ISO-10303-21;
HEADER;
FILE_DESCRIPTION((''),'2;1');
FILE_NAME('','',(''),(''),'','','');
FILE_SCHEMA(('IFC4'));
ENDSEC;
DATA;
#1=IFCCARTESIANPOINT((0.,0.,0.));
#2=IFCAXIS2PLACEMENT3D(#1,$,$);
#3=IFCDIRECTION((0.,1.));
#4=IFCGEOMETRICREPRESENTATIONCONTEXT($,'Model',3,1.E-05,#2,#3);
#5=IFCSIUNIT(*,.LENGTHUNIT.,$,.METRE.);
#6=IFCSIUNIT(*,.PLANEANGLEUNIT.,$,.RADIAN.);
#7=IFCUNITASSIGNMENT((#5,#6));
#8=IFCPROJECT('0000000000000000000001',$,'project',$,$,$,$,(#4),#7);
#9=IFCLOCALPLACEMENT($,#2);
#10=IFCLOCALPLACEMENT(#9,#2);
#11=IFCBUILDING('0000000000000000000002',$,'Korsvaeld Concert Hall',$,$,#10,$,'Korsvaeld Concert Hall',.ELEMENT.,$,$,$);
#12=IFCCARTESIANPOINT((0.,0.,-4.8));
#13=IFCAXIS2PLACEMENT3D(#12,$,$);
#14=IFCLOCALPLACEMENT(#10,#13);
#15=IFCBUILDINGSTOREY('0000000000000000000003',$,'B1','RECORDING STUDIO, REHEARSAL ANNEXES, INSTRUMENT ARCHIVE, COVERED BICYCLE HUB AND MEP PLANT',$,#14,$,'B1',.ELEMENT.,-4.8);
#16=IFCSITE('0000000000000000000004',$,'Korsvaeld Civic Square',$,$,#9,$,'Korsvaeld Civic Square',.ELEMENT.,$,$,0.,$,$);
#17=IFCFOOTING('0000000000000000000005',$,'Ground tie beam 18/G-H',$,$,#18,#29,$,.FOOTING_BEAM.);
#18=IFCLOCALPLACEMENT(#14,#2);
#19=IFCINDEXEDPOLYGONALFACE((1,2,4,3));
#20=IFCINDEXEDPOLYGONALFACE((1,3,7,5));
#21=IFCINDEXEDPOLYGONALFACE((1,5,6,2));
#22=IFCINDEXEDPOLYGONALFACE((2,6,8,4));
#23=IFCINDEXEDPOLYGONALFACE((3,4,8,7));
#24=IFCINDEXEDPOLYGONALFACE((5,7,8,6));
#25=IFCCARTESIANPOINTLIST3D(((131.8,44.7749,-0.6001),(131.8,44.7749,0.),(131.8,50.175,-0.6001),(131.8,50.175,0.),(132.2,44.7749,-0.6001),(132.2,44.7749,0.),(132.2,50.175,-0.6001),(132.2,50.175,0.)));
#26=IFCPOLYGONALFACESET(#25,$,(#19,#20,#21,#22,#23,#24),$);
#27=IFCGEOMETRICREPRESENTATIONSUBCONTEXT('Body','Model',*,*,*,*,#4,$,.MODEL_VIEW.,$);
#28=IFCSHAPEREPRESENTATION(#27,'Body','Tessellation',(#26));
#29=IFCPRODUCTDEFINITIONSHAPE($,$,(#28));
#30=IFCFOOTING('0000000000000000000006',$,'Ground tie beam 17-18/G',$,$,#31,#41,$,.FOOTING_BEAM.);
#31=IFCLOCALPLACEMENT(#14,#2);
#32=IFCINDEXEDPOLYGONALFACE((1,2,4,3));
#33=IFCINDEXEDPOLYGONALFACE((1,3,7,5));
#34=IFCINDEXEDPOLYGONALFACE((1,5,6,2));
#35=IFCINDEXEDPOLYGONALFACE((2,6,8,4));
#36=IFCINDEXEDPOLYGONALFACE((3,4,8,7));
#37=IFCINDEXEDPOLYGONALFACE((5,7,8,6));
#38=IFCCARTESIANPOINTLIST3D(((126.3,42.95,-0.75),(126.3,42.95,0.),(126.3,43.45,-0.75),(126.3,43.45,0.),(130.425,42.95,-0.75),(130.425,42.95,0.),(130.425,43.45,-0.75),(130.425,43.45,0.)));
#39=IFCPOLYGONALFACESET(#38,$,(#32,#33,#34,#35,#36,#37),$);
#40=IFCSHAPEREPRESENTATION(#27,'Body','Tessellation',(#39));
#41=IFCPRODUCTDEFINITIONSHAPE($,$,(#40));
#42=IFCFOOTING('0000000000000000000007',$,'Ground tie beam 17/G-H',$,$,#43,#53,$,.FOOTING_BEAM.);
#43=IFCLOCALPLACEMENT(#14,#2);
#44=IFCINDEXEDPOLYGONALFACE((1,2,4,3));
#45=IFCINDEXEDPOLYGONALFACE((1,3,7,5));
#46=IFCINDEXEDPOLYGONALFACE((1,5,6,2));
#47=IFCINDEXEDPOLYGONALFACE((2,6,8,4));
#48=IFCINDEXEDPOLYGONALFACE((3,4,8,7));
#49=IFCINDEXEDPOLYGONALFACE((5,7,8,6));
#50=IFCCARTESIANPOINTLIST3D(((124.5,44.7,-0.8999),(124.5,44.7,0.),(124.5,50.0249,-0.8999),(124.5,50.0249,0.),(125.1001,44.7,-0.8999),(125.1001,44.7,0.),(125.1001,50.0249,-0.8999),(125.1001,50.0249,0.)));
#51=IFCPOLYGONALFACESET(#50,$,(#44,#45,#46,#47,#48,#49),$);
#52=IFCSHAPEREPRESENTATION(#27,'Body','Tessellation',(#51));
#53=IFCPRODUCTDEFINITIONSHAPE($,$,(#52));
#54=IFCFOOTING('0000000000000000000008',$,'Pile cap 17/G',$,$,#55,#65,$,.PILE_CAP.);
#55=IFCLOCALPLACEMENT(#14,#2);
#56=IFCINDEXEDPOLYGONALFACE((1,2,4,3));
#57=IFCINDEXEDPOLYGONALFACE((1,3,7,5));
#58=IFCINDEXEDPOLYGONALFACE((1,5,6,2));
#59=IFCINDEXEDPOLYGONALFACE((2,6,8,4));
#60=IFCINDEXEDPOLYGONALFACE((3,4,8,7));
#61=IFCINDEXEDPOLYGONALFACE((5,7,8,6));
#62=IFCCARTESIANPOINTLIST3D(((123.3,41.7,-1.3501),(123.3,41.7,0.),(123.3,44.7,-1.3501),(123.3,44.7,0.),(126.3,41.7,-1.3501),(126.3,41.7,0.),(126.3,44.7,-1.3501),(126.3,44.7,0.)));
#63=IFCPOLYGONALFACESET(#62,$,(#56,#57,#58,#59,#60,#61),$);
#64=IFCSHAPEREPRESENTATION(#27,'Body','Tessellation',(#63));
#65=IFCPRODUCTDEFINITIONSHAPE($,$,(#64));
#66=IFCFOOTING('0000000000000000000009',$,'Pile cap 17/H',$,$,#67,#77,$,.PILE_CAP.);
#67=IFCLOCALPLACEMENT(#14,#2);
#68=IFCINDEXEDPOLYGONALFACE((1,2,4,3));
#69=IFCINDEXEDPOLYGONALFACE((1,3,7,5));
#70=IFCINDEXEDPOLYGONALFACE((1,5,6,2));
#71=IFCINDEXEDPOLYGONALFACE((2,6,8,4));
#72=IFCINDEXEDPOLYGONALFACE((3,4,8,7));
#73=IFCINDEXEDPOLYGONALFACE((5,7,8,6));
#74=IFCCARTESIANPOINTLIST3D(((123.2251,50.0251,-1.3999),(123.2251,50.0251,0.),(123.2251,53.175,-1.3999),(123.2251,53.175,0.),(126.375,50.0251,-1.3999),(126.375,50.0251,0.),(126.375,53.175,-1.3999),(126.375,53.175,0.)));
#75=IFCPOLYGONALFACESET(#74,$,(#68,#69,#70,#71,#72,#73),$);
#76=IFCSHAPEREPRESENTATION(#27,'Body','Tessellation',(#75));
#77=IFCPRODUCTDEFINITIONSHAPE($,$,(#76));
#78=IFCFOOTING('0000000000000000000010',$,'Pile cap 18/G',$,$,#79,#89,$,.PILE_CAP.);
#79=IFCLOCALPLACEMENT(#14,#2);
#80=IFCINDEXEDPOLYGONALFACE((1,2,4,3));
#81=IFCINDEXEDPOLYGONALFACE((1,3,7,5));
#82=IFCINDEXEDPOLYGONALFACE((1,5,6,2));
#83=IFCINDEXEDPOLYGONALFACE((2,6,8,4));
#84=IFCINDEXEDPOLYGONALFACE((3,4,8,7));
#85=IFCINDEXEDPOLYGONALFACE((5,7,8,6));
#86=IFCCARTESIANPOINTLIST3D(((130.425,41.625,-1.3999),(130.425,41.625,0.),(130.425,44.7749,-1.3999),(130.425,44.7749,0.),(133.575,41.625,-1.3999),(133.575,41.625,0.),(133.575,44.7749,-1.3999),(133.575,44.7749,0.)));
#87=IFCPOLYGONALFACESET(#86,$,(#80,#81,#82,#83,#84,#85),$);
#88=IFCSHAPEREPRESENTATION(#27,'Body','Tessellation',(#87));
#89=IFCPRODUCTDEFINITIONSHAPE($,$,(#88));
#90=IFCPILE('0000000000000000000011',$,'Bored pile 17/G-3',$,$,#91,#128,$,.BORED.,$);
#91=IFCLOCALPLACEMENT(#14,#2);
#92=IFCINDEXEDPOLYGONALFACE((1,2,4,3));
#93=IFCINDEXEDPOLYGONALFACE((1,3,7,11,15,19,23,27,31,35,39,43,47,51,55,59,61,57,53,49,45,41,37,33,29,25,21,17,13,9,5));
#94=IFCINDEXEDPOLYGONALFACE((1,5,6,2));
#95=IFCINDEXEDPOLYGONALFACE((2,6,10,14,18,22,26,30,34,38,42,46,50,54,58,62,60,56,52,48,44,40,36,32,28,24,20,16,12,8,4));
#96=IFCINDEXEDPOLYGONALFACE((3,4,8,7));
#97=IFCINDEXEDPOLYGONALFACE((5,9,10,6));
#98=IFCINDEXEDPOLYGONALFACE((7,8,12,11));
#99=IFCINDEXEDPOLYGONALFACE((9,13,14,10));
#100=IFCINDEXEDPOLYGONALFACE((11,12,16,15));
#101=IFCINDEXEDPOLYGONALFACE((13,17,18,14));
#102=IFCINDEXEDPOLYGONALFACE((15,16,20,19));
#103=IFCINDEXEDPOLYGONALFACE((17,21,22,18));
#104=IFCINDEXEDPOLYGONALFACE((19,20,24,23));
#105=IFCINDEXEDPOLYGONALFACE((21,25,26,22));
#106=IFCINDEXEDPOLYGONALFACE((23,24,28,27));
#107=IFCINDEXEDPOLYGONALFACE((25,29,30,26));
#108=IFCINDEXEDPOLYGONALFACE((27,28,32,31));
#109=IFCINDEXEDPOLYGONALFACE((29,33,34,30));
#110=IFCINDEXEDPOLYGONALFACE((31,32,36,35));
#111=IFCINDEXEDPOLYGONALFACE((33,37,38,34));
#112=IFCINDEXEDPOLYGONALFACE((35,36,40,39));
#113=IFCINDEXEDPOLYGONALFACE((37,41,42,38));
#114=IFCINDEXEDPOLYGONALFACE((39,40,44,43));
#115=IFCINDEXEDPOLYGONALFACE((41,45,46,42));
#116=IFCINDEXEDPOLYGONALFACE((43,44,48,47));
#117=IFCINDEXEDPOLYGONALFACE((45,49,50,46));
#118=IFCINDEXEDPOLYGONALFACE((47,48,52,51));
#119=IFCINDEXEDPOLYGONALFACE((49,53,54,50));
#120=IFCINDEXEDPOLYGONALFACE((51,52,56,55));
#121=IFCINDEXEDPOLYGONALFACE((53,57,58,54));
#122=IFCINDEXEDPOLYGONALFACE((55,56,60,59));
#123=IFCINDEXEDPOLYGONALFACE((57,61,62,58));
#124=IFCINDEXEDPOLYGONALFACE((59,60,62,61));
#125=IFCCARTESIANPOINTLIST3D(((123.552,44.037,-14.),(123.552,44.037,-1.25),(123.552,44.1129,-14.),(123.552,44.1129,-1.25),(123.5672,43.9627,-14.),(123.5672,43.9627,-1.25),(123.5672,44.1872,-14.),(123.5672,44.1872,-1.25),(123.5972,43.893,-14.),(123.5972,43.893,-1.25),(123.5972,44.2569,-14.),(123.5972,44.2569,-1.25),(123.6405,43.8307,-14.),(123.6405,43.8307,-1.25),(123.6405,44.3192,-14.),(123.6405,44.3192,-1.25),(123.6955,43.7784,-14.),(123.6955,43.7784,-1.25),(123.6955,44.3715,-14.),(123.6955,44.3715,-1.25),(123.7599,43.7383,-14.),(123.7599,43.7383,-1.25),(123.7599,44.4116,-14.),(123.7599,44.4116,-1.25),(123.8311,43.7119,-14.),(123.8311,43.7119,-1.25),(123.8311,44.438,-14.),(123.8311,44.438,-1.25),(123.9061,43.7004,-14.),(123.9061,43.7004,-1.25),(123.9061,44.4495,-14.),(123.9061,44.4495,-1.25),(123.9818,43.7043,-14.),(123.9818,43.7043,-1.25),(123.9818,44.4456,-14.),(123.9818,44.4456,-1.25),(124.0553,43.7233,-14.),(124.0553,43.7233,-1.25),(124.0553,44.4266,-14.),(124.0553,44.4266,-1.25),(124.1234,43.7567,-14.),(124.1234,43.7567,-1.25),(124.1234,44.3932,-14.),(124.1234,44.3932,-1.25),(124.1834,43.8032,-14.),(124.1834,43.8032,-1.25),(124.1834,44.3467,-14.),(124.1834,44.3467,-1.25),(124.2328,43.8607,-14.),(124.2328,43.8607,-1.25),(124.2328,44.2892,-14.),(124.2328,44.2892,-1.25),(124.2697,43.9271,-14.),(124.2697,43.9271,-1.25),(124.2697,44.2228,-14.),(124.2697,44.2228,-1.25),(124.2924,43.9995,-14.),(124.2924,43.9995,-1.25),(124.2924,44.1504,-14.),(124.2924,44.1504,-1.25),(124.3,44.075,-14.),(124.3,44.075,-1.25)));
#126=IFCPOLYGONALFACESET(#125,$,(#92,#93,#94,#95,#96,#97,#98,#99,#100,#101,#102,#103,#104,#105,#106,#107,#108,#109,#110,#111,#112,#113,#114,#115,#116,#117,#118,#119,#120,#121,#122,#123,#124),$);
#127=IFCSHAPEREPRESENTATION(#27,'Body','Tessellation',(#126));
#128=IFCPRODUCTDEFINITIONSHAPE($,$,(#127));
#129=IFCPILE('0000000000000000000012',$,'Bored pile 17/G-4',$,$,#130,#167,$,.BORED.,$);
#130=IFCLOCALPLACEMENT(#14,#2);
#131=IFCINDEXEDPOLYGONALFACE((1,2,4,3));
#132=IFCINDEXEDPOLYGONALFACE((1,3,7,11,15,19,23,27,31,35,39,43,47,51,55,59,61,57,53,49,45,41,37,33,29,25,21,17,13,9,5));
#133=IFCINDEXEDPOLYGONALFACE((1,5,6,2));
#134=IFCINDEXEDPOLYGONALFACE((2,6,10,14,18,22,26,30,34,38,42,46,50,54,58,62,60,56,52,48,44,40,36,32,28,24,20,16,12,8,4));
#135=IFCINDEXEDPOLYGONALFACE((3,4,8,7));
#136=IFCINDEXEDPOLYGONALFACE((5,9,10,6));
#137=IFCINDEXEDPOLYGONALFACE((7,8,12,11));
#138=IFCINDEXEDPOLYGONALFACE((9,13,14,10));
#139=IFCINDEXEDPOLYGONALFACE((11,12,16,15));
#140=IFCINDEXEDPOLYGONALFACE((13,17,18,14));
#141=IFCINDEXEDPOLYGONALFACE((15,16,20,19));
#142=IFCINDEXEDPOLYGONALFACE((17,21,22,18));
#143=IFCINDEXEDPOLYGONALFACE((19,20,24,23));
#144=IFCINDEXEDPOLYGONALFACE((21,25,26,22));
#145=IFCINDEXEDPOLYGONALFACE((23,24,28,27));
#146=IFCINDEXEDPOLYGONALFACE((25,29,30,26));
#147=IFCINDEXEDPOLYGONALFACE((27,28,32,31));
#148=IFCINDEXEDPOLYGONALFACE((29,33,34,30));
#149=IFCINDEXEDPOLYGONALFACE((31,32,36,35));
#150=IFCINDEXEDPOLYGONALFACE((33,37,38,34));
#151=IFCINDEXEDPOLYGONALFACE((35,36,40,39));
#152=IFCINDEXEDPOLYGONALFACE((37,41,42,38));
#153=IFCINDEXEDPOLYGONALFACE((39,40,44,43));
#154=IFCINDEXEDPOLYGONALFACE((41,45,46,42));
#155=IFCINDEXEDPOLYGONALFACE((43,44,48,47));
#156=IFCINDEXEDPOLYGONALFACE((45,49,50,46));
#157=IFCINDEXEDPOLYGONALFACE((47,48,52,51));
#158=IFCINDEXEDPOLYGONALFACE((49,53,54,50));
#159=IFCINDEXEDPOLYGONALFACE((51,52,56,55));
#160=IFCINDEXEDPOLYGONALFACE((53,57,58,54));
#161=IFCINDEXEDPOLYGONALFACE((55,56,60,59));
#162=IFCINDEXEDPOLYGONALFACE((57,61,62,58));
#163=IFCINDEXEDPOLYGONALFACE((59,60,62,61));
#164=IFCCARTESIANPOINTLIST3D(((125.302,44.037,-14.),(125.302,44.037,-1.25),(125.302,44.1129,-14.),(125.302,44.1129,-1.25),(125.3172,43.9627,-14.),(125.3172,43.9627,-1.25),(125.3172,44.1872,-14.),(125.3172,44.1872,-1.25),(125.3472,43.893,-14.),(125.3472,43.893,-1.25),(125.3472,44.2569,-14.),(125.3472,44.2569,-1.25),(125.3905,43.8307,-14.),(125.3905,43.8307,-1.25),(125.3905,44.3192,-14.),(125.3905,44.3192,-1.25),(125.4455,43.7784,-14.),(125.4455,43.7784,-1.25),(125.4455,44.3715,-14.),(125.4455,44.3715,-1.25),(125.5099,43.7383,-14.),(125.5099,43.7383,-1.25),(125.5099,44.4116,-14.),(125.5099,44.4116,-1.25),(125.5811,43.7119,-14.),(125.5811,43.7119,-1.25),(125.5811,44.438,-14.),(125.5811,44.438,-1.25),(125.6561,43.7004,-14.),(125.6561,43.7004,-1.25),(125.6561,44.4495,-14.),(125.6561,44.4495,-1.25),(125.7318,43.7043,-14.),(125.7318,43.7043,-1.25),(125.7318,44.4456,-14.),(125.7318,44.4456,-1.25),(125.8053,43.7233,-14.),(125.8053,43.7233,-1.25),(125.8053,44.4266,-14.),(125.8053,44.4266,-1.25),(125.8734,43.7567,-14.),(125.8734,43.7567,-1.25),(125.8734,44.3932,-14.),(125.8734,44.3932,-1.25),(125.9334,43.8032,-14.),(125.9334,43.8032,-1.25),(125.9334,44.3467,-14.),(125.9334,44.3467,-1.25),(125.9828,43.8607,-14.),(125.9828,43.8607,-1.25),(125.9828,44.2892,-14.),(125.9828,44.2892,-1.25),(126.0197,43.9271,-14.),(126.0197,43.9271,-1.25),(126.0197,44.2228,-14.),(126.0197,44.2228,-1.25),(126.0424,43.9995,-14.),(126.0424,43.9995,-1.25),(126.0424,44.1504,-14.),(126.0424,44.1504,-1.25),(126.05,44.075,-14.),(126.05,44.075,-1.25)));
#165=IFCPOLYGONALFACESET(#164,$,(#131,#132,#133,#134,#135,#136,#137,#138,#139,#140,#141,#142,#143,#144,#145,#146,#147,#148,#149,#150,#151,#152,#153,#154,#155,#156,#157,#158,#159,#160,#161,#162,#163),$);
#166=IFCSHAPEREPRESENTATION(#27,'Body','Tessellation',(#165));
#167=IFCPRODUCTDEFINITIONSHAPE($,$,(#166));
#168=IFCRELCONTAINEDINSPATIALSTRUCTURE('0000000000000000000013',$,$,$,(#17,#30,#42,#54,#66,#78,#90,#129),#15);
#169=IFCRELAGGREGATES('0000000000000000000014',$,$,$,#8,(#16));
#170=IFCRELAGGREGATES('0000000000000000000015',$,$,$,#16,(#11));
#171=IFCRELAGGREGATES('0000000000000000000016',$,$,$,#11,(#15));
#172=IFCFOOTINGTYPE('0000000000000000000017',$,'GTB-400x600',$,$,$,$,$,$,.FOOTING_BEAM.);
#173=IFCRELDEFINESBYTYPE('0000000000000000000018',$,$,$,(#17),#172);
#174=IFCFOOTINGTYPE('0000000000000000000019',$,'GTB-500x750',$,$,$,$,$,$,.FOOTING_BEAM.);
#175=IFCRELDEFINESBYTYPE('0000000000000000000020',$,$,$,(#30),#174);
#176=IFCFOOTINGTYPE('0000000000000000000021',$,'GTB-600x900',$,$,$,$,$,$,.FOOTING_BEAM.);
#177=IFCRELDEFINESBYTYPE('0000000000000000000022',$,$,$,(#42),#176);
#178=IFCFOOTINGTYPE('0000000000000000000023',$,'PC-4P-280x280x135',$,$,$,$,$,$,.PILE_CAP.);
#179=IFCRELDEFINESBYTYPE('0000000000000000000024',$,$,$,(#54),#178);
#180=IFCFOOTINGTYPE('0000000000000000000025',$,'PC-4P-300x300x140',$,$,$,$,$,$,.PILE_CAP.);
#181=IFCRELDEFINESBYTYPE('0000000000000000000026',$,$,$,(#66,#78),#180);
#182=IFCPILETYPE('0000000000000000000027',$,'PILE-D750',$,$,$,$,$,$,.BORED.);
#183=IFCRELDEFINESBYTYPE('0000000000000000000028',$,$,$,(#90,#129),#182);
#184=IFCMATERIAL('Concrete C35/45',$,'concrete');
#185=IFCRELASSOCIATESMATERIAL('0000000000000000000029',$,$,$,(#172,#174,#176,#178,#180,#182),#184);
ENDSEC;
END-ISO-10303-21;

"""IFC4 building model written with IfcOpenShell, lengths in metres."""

from ifc_helpers import new_model, si_unit, direction, frame, origin, origin_2d, place, context, subcontext, project, spatial, rectangle, circle, extrude, material, material_profile, profile_set, type_object, element, save


model = new_model("IFC4")

# Units and contexts
model_context = context("Model", 3, precision=1e-05, world=origin(), true_north=direction((0.0, 1.0)))
body_context = subcontext(model_context, "Body", "Model", "MODEL_VIEW")
ifc_project = project(units=[si_unit("LENGTHUNIT", "METRE"), si_unit("PLANEANGLEUNIT", "RADIAN")], contexts=[model_context])

# Site, building, storey
site_placement = place(None, origin())
site = spatial("IfcSite", under=ifc_project, at=site_placement, Name="Korsvaeld Civic Square", LongName="Korsvaeld Civic Square", CompositionType="ELEMENT", RefElevation=0.0)
building_placement = place(site_placement, origin())
building = spatial("IfcBuilding", under=site, at=building_placement, Name="Korsvaeld Concert Hall", LongName="Korsvaeld Concert Hall", CompositionType="ELEMENT")
storey_placement = place(building_placement, frame((0.0, 0.0, -4.8)))
storey = spatial("IfcBuildingStorey", under=building, at=storey_placement, Name="B1", Description="RECORDING STUDIO, REHEARSAL ANNEXES, INSTRUMENT ARCHIVE, COVERED BICYCLE HUB AND MEP PLANT", LongName="B1", CompositionType="ELEMENT", Elevation=-4.8)

# Footings
ifc_material_1 = material(Name="Concrete C35/45", Category="concrete")
ifc_material_profile_1 = material_profile(ifc_material_1, rectangle(XDim=0.3999, YDim=0.6001, at=origin_2d()), Name="GTB 400x600")
ifc_profile_set_1 = profile_set([ifc_material_profile_1], Name="Concrete C35/45")
footing_type_1 = type_object("IfcFootingType", Name="GTB-400x600", PredefinedType="FOOTING_BEAM", material=ifc_profile_set_1)
footing_1_placement = place(storey_placement, frame((132.0, 44.7749, -0.3), z_axis=(0.0, 1.0, 0.0), x_axis=(-1.0, 0.0, 0.0)))
element("IfcFooting", 1, at=footing_1_placement, inside=storey, type_object=footing_type_1, Name="Ground tie beam 18/G-H", PredefinedType="FOOTING_BEAM", context=body_context, shape_type="SweptSolid", body=[
    extrude(rectangle(XDim=0.3999, YDim=0.6001, at=origin_2d()), origin(), (0.0, 0.0, 1.0), 5.4001),
])
ifc_material_profile_2 = material_profile(ifc_material_1, rectangle(XDim=0.5, YDim=0.75, at=origin_2d()), Name="GTB 500x750")
ifc_profile_set_2 = profile_set([ifc_material_profile_2], Name="Concrete C35/45")
footing_type_2 = type_object("IfcFootingType", Name="GTB-500x750", PredefinedType="FOOTING_BEAM", material=ifc_profile_set_2)
footing_2_placement = place(storey_placement, frame((126.3, 43.2, -0.375), z_axis=(1.0, 0.0, 0.0), x_axis=(0.0, 1.0, 0.0)))
element("IfcFooting", 2, at=footing_2_placement, inside=storey, type_object=footing_type_2, Name="Ground tie beam 17-18/G", PredefinedType="FOOTING_BEAM", context=body_context, shape_type="SweptSolid", body=[
    extrude(rectangle(XDim=0.5, YDim=0.75, at=origin_2d()), origin(), (0.0, 0.0, 1.0), 4.125),
])
ifc_material_profile_3 = material_profile(ifc_material_1, rectangle(XDim=0.6001, YDim=0.8999, at=origin_2d()), Name="GTB 600x900")
ifc_profile_set_3 = profile_set([ifc_material_profile_3], Name="Concrete C35/45")
footing_type_3 = type_object("IfcFootingType", Name="GTB-600x900", PredefinedType="FOOTING_BEAM", material=ifc_profile_set_3)
footing_3_placement = place(storey_placement, frame((124.8, 44.7, -0.45), z_axis=(0.0, 1.0, 0.0), x_axis=(-1.0, 0.0, 0.0)))
element("IfcFooting", 3, at=footing_3_placement, inside=storey, type_object=footing_type_3, Name="Ground tie beam 17/G-H", PredefinedType="FOOTING_BEAM", context=body_context, shape_type="SweptSolid", body=[
    extrude(rectangle(XDim=0.6001, YDim=0.8999, at=origin_2d()), origin(), (0.0, 0.0, 1.0), 5.325),
])
footing_type_4 = type_object("IfcFootingType", Name="PC-4P-280x280x135", PredefinedType="PILE_CAP", material=ifc_material_1)
footing_4_placement = place(storey_placement, frame((124.8, 43.2, -1.3501), z_axis=(0.0, 0.0, 1.0), x_axis=(1.0, 0.0, 0.0)))
element("IfcFooting", 4, at=footing_4_placement, inside=storey, type_object=footing_type_4, Name="Pile cap 17/G", PredefinedType="PILE_CAP", context=body_context, shape_type="SweptSolid", body=[
    extrude(rectangle(XDim=3.0, YDim=3.0, at=origin_2d()), origin(), (0.0, 0.0, 1.0), 1.3501),
])
footing_type_5 = type_object("IfcFootingType", Name="PC-4P-300x300x140", PredefinedType="PILE_CAP", material=ifc_material_1)
for number, where, z_axis, x_axis, name in (
    (5, (124.8, 51.6001, -1.3999), (0.0, 0.0, 1.0), (1.0, 0.0, 0.0), "Pile cap 17/H"),
    (6, (132.0, 43.2, -1.3999), (0.0, 0.0, 1.0), (1.0, 0.0, 0.0), "Pile cap 18/G"),
):
    element("IfcFooting", number, at=place(storey_placement, frame(where, z_axis=z_axis, x_axis=x_axis)), inside=storey, type_object=footing_type_5, Name=name, PredefinedType="PILE_CAP", context=body_context, shape_type="SweptSolid", body=[
        extrude(rectangle(XDim=3.1499, YDim=3.1499, at=origin_2d()), origin(), (0.0, 0.0, 1.0), 1.3999),
    ])

# Piles
ifc_material_profile_4 = material_profile(ifc_material_1, circle(Radius=0.375, at=origin_2d()), Name="BORED PILE D750")
ifc_profile_set_4 = profile_set([ifc_material_profile_4], Name="Concrete C35/45")
pile_type_1 = type_object("IfcPileType", Name="PILE-D750", PredefinedType="BORED", material=ifc_profile_set_4)
for number, where, z_axis, x_axis, name in (
    (7, (123.925, 44.075, -1.25), (0.0, 0.0, -1.0), (1.0, 0.0, 0.0), "Bored pile 17/G-3"),
    (8, (125.675, 44.075, -1.25), (0.0, 0.0, -1.0), (1.0, 0.0, 0.0), "Bored pile 17/G-4"),
):
    element("IfcPile", number, at=place(storey_placement, frame(where, z_axis=z_axis, x_axis=x_axis)), inside=storey, type_object=pile_type_1, Name=name, PredefinedType="BORED", context=body_context, shape_type="SweptSolid", body=[
        extrude(circle(Radius=0.375, at=origin_2d()), origin(), (0.0, 0.0, 1.0), 12.75),
    ])

save(model, "model.ifc")
